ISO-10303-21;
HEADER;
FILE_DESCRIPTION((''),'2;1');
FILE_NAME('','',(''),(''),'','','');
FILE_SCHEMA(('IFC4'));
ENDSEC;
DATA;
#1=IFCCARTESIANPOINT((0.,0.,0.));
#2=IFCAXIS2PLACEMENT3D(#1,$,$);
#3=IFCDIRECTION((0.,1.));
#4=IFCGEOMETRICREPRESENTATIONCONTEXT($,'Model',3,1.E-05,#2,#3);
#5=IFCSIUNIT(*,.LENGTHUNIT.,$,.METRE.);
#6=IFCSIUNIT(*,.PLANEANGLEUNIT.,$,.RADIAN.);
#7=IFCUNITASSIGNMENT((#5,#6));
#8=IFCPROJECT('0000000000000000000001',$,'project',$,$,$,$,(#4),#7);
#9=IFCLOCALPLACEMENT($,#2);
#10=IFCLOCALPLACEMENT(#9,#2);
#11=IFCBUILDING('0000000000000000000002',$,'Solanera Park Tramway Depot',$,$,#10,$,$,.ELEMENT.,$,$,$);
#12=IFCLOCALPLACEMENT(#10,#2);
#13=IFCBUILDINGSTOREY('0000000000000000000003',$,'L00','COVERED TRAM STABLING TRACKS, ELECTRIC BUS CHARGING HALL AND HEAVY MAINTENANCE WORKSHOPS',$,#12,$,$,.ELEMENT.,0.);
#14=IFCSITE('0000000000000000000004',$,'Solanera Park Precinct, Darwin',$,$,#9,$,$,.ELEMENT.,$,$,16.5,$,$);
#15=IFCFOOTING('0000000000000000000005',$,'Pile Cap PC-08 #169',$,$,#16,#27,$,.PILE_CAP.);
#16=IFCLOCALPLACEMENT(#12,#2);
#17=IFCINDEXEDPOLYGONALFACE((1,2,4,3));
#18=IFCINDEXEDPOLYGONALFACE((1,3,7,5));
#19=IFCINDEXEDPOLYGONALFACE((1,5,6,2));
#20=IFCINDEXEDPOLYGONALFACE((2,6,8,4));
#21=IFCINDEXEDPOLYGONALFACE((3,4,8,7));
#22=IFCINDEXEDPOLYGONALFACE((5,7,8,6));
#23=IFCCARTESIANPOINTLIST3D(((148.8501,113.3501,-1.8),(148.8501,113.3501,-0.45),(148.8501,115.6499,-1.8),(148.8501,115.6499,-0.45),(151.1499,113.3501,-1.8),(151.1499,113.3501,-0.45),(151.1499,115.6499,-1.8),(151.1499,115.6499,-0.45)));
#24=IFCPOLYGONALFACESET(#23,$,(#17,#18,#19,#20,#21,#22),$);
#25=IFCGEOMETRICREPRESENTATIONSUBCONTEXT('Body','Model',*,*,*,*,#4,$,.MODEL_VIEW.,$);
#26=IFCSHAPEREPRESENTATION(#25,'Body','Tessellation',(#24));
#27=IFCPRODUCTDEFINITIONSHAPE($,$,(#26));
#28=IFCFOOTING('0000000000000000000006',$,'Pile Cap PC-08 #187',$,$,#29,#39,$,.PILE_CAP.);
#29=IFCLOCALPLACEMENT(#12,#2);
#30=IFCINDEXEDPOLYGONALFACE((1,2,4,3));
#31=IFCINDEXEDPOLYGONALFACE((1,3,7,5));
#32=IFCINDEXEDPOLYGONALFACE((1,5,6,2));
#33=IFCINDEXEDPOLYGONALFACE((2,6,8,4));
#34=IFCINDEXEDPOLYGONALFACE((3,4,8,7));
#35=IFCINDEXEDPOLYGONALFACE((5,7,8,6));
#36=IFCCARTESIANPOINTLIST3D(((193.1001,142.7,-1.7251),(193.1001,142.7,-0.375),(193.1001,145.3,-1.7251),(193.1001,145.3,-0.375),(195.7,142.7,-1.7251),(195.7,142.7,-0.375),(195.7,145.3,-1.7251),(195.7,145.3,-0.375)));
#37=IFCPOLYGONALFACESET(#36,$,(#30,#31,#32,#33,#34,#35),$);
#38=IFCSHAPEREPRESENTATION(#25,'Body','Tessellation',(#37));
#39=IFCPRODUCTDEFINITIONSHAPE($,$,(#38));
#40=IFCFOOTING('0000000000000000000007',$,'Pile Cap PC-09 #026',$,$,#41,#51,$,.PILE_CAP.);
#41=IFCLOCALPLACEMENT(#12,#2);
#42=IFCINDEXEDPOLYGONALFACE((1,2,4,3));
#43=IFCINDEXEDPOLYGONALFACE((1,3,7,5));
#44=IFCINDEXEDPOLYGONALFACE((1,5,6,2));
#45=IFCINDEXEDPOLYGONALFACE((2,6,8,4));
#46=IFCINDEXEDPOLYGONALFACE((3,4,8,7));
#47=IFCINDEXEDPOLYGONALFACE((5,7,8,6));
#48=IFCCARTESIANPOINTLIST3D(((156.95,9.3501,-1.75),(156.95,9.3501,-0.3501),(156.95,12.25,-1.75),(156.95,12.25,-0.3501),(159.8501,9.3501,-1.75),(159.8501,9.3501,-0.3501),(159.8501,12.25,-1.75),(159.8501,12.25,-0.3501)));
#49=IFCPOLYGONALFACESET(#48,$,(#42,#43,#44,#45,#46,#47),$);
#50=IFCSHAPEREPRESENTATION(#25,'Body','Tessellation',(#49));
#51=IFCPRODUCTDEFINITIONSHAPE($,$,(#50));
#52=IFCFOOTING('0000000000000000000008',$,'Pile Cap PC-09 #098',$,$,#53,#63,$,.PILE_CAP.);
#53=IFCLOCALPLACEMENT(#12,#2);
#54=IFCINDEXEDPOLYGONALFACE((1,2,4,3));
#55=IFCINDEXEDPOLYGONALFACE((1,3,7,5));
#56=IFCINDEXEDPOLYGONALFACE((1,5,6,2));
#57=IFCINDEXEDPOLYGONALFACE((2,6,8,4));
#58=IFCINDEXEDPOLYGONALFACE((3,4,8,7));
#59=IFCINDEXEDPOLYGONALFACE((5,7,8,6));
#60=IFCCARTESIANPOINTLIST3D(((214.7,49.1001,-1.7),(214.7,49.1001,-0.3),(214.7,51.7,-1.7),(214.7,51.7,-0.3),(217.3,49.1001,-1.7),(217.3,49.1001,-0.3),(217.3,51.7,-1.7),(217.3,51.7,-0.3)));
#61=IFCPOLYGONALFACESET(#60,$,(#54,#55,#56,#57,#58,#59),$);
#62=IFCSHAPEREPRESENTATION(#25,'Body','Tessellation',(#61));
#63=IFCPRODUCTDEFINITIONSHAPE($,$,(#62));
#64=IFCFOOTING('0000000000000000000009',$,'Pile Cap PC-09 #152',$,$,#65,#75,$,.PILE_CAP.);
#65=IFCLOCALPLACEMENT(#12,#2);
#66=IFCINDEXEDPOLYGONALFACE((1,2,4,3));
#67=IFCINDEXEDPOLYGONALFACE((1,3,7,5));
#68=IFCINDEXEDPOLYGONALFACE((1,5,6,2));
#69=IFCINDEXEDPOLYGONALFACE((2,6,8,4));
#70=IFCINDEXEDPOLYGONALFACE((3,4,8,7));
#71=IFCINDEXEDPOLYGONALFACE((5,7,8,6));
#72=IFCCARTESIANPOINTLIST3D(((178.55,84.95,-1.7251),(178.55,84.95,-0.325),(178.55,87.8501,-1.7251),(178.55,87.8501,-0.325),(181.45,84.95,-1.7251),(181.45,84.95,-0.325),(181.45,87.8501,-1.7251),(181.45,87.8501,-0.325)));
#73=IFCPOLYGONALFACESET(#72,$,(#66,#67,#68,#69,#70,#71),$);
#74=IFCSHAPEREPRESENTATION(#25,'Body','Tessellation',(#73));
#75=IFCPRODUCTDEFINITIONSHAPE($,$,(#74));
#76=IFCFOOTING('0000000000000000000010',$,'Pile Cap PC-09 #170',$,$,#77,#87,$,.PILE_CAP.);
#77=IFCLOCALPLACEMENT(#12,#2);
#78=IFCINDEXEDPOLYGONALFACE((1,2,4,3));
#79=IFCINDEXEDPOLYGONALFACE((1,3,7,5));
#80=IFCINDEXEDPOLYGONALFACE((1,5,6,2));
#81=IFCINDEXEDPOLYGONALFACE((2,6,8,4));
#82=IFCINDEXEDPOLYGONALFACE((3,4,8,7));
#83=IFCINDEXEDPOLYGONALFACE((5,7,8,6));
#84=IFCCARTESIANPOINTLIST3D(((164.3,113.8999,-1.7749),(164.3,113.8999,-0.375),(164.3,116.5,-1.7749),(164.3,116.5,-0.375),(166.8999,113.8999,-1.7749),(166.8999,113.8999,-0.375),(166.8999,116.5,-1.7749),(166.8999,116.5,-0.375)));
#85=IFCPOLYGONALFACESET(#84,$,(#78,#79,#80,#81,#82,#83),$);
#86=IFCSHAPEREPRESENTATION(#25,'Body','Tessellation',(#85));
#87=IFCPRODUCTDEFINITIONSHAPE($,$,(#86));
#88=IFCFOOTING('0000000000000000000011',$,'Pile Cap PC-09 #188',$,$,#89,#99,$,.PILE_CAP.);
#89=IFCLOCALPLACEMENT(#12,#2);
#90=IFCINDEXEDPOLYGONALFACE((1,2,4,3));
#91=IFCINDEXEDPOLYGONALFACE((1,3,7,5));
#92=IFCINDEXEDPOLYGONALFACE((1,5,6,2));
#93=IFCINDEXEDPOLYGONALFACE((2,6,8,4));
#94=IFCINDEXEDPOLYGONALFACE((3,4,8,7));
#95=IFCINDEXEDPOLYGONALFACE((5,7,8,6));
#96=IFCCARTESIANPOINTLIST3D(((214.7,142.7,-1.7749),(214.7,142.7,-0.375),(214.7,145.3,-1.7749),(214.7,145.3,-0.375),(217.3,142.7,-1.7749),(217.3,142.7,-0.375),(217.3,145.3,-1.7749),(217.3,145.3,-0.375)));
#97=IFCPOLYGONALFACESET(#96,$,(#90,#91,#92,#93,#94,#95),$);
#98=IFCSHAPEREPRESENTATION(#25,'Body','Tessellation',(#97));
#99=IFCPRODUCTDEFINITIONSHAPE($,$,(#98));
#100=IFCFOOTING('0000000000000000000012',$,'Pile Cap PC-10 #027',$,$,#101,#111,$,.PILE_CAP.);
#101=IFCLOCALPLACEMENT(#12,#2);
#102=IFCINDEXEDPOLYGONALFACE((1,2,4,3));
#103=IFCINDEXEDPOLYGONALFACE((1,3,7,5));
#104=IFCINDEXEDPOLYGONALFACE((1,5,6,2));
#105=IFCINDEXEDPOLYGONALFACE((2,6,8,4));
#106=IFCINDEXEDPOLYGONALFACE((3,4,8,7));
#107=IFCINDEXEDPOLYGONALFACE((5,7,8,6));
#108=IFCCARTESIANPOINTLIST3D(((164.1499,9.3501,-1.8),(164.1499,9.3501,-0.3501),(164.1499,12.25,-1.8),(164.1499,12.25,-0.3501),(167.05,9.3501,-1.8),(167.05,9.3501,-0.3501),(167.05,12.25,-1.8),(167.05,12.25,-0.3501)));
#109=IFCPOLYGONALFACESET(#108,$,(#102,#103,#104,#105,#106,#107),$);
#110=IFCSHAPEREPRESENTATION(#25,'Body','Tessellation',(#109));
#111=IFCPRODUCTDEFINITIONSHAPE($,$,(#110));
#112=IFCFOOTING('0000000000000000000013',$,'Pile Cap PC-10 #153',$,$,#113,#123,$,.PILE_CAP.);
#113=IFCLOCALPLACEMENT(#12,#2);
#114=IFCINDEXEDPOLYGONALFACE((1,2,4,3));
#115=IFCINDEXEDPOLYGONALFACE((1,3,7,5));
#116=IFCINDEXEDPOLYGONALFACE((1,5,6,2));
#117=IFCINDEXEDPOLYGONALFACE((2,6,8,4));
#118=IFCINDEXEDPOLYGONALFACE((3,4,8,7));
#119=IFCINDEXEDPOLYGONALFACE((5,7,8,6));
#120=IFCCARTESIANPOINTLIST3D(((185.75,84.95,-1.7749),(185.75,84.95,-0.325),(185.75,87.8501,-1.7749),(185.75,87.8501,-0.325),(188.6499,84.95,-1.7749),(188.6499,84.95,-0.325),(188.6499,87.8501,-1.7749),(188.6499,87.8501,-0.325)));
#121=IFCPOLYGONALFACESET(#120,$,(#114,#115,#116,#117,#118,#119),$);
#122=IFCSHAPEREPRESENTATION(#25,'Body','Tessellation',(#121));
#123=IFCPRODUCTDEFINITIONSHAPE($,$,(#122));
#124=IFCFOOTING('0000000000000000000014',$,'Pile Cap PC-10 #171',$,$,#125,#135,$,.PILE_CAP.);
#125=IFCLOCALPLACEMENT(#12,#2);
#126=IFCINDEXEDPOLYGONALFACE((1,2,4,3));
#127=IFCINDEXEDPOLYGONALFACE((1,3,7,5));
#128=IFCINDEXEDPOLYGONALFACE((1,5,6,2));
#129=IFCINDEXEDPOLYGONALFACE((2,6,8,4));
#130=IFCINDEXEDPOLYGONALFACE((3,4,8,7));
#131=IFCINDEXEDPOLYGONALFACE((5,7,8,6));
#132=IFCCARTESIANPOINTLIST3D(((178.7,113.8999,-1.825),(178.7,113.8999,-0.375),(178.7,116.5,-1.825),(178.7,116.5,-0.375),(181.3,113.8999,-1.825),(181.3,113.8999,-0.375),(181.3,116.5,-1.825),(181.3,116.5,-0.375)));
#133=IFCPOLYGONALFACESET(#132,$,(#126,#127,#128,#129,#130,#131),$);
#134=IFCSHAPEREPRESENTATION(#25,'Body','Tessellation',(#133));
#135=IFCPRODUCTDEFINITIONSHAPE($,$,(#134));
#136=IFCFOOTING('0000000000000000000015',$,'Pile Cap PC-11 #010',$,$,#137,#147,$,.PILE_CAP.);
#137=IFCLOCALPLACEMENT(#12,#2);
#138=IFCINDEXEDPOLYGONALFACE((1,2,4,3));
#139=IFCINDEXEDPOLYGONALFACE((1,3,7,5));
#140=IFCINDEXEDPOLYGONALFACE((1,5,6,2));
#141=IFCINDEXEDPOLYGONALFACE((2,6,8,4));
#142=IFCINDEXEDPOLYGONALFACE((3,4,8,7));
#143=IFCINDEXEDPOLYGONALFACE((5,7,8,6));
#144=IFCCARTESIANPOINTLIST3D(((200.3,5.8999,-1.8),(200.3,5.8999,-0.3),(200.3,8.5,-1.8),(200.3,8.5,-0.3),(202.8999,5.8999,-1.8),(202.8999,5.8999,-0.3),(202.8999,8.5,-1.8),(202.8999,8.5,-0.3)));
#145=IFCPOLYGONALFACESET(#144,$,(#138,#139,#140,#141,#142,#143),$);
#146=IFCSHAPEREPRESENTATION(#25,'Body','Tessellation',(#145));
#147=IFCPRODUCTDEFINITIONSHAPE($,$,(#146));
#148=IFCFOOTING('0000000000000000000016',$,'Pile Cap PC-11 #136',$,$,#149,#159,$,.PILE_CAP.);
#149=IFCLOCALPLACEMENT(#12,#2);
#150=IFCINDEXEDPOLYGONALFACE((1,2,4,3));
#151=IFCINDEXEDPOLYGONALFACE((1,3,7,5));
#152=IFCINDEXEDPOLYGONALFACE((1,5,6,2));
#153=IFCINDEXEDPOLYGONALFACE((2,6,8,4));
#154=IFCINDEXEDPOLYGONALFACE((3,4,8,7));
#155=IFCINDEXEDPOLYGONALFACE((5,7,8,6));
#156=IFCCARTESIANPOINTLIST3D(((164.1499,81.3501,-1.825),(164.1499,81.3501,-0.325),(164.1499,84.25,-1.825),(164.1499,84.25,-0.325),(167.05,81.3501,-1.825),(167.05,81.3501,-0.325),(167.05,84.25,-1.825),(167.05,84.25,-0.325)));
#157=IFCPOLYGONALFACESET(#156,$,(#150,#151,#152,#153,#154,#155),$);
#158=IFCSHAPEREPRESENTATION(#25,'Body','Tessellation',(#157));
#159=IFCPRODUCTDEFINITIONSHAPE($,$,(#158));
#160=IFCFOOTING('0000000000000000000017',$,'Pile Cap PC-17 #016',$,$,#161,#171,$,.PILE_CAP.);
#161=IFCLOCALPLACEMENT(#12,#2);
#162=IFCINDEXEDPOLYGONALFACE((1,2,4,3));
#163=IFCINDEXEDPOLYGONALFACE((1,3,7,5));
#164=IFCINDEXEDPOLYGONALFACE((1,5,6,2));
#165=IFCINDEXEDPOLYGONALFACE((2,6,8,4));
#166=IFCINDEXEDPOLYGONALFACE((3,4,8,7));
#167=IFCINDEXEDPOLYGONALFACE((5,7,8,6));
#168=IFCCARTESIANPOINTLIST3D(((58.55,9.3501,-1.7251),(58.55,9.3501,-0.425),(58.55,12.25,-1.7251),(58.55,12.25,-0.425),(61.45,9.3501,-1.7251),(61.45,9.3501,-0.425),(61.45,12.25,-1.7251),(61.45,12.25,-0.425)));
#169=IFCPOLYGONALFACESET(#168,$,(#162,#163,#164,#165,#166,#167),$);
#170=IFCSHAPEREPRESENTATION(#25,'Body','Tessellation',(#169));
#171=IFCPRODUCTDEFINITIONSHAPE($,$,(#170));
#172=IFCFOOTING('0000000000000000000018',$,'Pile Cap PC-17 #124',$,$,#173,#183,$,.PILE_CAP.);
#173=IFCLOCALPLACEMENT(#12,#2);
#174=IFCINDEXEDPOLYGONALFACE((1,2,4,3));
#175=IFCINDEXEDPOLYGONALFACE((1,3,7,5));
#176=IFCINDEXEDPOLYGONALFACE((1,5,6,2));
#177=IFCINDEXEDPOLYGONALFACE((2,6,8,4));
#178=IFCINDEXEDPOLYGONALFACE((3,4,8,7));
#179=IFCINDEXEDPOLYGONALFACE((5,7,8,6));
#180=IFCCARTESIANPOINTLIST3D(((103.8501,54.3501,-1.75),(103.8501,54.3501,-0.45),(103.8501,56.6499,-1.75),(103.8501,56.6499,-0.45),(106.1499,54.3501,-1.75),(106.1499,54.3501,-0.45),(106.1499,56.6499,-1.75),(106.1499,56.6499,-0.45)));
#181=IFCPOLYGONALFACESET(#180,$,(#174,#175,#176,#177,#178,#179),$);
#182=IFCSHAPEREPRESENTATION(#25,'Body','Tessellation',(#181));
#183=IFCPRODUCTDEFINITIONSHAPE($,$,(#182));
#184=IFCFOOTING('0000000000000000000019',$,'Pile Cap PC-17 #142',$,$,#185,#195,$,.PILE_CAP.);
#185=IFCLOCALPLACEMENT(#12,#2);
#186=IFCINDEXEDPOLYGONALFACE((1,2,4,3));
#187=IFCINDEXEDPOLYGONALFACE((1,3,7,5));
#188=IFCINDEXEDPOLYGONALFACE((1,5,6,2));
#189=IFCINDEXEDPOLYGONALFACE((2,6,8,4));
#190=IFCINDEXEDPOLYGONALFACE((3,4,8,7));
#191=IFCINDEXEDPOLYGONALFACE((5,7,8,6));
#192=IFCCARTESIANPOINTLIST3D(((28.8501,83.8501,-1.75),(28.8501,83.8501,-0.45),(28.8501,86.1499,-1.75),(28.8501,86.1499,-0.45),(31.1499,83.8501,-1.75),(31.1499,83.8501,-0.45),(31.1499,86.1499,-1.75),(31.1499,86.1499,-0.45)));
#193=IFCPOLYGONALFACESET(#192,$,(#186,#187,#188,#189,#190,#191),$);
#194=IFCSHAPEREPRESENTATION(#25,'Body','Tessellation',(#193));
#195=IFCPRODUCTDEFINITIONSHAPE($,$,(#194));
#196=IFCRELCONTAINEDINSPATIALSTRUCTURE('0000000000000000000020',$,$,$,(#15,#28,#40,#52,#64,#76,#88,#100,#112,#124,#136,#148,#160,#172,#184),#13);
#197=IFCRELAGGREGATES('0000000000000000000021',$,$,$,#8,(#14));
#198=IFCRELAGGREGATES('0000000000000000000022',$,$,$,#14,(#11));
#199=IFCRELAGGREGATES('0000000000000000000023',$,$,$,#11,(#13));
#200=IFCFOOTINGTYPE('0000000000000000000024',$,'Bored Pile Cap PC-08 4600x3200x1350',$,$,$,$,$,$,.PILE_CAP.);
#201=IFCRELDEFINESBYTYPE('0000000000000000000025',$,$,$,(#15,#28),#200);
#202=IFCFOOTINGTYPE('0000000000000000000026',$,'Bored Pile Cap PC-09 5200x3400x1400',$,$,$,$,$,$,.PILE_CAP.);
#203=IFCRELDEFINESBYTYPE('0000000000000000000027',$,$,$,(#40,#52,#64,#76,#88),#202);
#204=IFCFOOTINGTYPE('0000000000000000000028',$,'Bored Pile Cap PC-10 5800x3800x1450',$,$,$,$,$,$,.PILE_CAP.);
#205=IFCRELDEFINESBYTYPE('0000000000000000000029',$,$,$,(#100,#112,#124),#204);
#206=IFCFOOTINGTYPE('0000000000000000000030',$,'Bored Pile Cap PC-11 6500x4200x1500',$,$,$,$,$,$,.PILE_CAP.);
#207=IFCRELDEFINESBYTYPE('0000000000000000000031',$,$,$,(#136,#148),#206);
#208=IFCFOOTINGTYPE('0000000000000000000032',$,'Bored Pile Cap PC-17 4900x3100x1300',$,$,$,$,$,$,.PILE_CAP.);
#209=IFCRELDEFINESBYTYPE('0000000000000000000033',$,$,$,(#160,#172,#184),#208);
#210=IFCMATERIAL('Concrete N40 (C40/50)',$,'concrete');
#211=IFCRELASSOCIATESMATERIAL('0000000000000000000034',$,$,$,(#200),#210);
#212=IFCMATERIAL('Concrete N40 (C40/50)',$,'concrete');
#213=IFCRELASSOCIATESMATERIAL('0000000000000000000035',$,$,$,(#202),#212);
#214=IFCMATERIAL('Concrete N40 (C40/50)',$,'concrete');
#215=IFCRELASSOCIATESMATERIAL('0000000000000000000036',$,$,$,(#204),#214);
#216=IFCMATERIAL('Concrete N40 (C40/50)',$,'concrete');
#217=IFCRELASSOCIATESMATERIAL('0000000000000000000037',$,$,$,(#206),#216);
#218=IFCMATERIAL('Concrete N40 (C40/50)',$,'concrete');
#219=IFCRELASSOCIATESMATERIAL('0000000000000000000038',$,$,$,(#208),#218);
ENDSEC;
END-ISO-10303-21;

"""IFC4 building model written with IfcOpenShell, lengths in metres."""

from ifc_helpers import new_model, si_unit, direction, frame, origin, place, context, subcontext, project, spatial, polyline, outline, extrude, material, type_object, element, save


model = new_model("IFC4")

# Units and contexts
model_context = context("Model", 3, precision=1e-05, world=origin(), true_north=direction((0.0, 1.0)))
body_context = subcontext(model_context, "Body", "Model", "MODEL_VIEW")
ifc_project = project(units=[si_unit("LENGTHUNIT", "METRE"), si_unit("PLANEANGLEUNIT", "RADIAN")], contexts=[model_context])

# Site, building, storey
site_placement = place(None, origin())
site = spatial("IfcSite", under=ifc_project, at=site_placement, Name="Solanera Park Precinct, Darwin", CompositionType="ELEMENT", RefElevation=16.5)
building_placement = place(site_placement, origin())
building = spatial("IfcBuilding", under=site, at=building_placement, Name="Solanera Park Tramway Depot", CompositionType="ELEMENT")
storey_placement = place(building_placement, origin())
storey = spatial("IfcBuildingStorey", under=building, at=storey_placement, Name="L00", Description="COVERED TRAM STABLING TRACKS, ELECTRIC BUS CHARGING HALL AND HEAVY MAINTENANCE WORKSHOPS", CompositionType="ELEMENT", Elevation=0.0)

# Footings
ifc_material_1 = material(Name="Concrete N40 (C40/50)", Category="concrete")
footing_type_1 = type_object("IfcFootingType", Name="Bored Pile Cap PC-08 4600x3200x1350", PredefinedType="PILE_CAP", material=ifc_material_1)
footing_1_placement = place(storey_placement, frame((0.0, 0.0, -1.8)))
element("IfcFooting", 1, at=footing_1_placement, inside=storey, type_object=footing_type_1, Name="Pile Cap PC-08 #169", PredefinedType="PILE_CAP", context=body_context, shape_type="SweptSolid", body=[
    extrude(outline(polyline([(151.1499, 113.3501), (151.1499, 115.6499), (148.8501, 115.6499), (148.8501, 113.3501), (151.1499, 113.3501)])), origin(), (0.0, 0.0, 1.0), 1.3501),
])
footing_2_placement = place(storey_placement, frame((0.0, 0.0, -1.7251)))
element("IfcFooting", 2, at=footing_2_placement, inside=storey, type_object=footing_type_1, Name="Pile Cap PC-08 #187", PredefinedType="PILE_CAP", context=body_context, shape_type="SweptSolid", body=[
    extrude(outline(polyline([(195.7, 142.7), (195.7, 145.3), (193.1001, 145.3), (193.1001, 142.7), (195.7, 142.7)])), origin(), (0.0, 0.0, 1.0), 1.3501),
])
ifc_material_2 = material(Name="Concrete N40 (C40/50)", Category="concrete")
footing_type_2 = type_object("IfcFootingType", Name="Bored Pile Cap PC-09 5200x3400x1400", PredefinedType="PILE_CAP", material=ifc_material_2)
footing_3_placement = place(storey_placement, frame((0.0, 0.0, -1.75)))
element("IfcFooting", 3, at=footing_3_placement, inside=storey, type_object=footing_type_2, Name="Pile Cap PC-09 #026", PredefinedType="PILE_CAP", context=body_context, shape_type="SweptSolid", body=[
    extrude(outline(polyline([(159.8501, 9.3501), (159.8501, 12.25), (156.95, 12.25), (156.95, 9.3501), (159.8501, 9.3501)])), origin(), (0.0, 0.0, 1.0), 1.3999),
])
footing_4_placement = place(storey_placement, frame((0.0, 0.0, -1.7)))
element("IfcFooting", 4, at=footing_4_placement, inside=storey, type_object=footing_type_2, Name="Pile Cap PC-09 #098", PredefinedType="PILE_CAP", context=body_context, shape_type="SweptSolid", body=[
    extrude(outline(polyline([(217.3, 49.1001), (217.3, 51.7), (214.7, 51.7), (214.7, 49.1001), (217.3, 49.1001)])), origin(), (0.0, 0.0, 1.0), 1.3999),
])
footing_5_placement = place(storey_placement, frame((0.0, 0.0, -1.7251)))
element("IfcFooting", 5, at=footing_5_placement, inside=storey, type_object=footing_type_2, Name="Pile Cap PC-09 #152", PredefinedType="PILE_CAP", context=body_context, shape_type="SweptSolid", body=[
    extrude(outline(polyline([(181.45, 84.95), (181.45, 87.8501), (178.55, 87.8501), (178.55, 84.95), (181.45, 84.95)])), origin(), (0.0, 0.0, 1.0), 1.4001),
])
footing_6_placement = place(storey_placement, frame((0.0, 0.0, -1.7749)))
element("IfcFooting", 6, at=footing_6_placement, inside=storey, type_object=footing_type_2, Name="Pile Cap PC-09 #170", PredefinedType="PILE_CAP", context=body_context, shape_type="SweptSolid", body=[
    extrude(outline(polyline([(166.8999, 113.8999), (166.8999, 116.5), (164.3, 116.5), (164.3, 113.8999), (166.8999, 113.8999)])), origin(), (0.0, 0.0, 1.0), 1.3999),
])
footing_7_placement = place(storey_placement, frame((0.0, 0.0, -1.7749)))
element("IfcFooting", 7, at=footing_7_placement, inside=storey, type_object=footing_type_2, Name="Pile Cap PC-09 #188", PredefinedType="PILE_CAP", context=body_context, shape_type="SweptSolid", body=[
    extrude(outline(polyline([(217.3, 142.7), (217.3, 145.3), (214.7, 145.3), (214.7, 142.7), (217.3, 142.7)])), origin(), (0.0, 0.0, 1.0), 1.3999),
])
ifc_material_3 = material(Name="Concrete N40 (C40/50)", Category="concrete")
footing_type_3 = type_object("IfcFootingType", Name="Bored Pile Cap PC-10 5800x3800x1450", PredefinedType="PILE_CAP", material=ifc_material_3)
footing_8_placement = place(storey_placement, frame((0.0, 0.0, -1.8)))
element("IfcFooting", 8, at=footing_8_placement, inside=storey, type_object=footing_type_3, Name="Pile Cap PC-10 #027", PredefinedType="PILE_CAP", context=body_context, shape_type="SweptSolid", body=[
    extrude(outline(polyline([(167.05, 9.3501), (167.05, 12.25), (164.1499, 12.25), (164.1499, 9.3501), (167.05, 9.3501)])), origin(), (0.0, 0.0, 1.0), 1.45),
])
footing_9_placement = place(storey_placement, frame((0.0, 0.0, -1.7749)))
element("IfcFooting", 9, at=footing_9_placement, inside=storey, type_object=footing_type_3, Name="Pile Cap PC-10 #153", PredefinedType="PILE_CAP", context=body_context, shape_type="SweptSolid", body=[
    extrude(outline(polyline([(188.6499, 84.95), (188.6499, 87.8501), (185.75, 87.8501), (185.75, 84.95), (188.6499, 84.95)])), origin(), (0.0, 0.0, 1.0), 1.45),
])
footing_10_placement = place(storey_placement, frame((0.0, 0.0, -1.825)))
element("IfcFooting", 10, at=footing_10_placement, inside=storey, type_object=footing_type_3, Name="Pile Cap PC-10 #171", PredefinedType="PILE_CAP", context=body_context, shape_type="SweptSolid", body=[
    extrude(outline(polyline([(181.3, 113.8999), (181.3, 116.5), (178.7, 116.5), (178.7, 113.8999), (181.3, 113.8999)])), origin(), (0.0, 0.0, 1.0), 1.45),
])
ifc_material_4 = material(Name="Concrete N40 (C40/50)", Category="concrete")
footing_type_4 = type_object("IfcFootingType", Name="Bored Pile Cap PC-11 6500x4200x1500", PredefinedType="PILE_CAP", material=ifc_material_4)
footing_11_placement = place(storey_placement, frame((0.0, 0.0, -1.8)))
element("IfcFooting", 11, at=footing_11_placement, inside=storey, type_object=footing_type_4, Name="Pile Cap PC-11 #010", PredefinedType="PILE_CAP", context=body_context, shape_type="SweptSolid", body=[
    extrude(outline(polyline([(202.8999, 5.8999), (202.8999, 8.5), (200.3, 8.5), (200.3, 5.8999), (202.8999, 5.8999)])), origin(), (0.0, 0.0, 1.0), 1.5),
])
footing_12_placement = place(storey_placement, frame((0.0, 0.0, -1.825)))
element("IfcFooting", 12, at=footing_12_placement, inside=storey, type_object=footing_type_4, Name="Pile Cap PC-11 #136", PredefinedType="PILE_CAP", context=body_context, shape_type="SweptSolid", body=[
    extrude(outline(polyline([(167.05, 81.3501), (167.05, 84.25), (164.1499, 84.25), (164.1499, 81.3501), (167.05, 81.3501)])), origin(), (0.0, 0.0, 1.0), 1.5),
])
ifc_material_5 = material(Name="Concrete N40 (C40/50)", Category="concrete")
footing_type_5 = type_object("IfcFootingType", Name="Bored Pile Cap PC-17 4900x3100x1300", PredefinedType="PILE_CAP", material=ifc_material_5)
footing_13_placement = place(storey_placement, frame((0.0, 0.0, -1.7251)))
element("IfcFooting", 13, at=footing_13_placement, inside=storey, type_object=footing_type_5, Name="Pile Cap PC-17 #016", PredefinedType="PILE_CAP", context=body_context, shape_type="SweptSolid", body=[
    extrude(outline(polyline([(61.45, 9.3501), (61.45, 12.25), (58.55, 12.25), (58.55, 9.3501), (61.45, 9.3501)])), origin(), (0.0, 0.0, 1.0), 1.3),
])
footing_14_placement = place(storey_placement, frame((0.0, 0.0, -1.75)))
element("IfcFooting", 14, at=footing_14_placement, inside=storey, type_object=footing_type_5, Name="Pile Cap PC-17 #124", PredefinedType="PILE_CAP", context=body_context, shape_type="SweptSolid", body=[
    extrude(outline(polyline([(106.1499, 54.3501), (106.1499, 56.6499), (103.8501, 56.6499), (103.8501, 54.3501), (106.1499, 54.3501)])), origin(), (0.0, 0.0, 1.0), 1.3),
])
footing_15_placement = place(storey_placement, frame((0.0, 0.0, -1.75)))
element("IfcFooting", 15, at=footing_15_placement, inside=storey, type_object=footing_type_5, Name="Pile Cap PC-17 #142", PredefinedType="PILE_CAP", context=body_context, shape_type="SweptSolid", body=[
    extrude(outline(polyline([(31.1499, 83.8501), (31.1499, 86.1499), (28.8501, 86.1499), (28.8501, 83.8501), (31.1499, 83.8501)])), origin(), (0.0, 0.0, 1.0), 1.3),
])

save(model, "model.ifc")
